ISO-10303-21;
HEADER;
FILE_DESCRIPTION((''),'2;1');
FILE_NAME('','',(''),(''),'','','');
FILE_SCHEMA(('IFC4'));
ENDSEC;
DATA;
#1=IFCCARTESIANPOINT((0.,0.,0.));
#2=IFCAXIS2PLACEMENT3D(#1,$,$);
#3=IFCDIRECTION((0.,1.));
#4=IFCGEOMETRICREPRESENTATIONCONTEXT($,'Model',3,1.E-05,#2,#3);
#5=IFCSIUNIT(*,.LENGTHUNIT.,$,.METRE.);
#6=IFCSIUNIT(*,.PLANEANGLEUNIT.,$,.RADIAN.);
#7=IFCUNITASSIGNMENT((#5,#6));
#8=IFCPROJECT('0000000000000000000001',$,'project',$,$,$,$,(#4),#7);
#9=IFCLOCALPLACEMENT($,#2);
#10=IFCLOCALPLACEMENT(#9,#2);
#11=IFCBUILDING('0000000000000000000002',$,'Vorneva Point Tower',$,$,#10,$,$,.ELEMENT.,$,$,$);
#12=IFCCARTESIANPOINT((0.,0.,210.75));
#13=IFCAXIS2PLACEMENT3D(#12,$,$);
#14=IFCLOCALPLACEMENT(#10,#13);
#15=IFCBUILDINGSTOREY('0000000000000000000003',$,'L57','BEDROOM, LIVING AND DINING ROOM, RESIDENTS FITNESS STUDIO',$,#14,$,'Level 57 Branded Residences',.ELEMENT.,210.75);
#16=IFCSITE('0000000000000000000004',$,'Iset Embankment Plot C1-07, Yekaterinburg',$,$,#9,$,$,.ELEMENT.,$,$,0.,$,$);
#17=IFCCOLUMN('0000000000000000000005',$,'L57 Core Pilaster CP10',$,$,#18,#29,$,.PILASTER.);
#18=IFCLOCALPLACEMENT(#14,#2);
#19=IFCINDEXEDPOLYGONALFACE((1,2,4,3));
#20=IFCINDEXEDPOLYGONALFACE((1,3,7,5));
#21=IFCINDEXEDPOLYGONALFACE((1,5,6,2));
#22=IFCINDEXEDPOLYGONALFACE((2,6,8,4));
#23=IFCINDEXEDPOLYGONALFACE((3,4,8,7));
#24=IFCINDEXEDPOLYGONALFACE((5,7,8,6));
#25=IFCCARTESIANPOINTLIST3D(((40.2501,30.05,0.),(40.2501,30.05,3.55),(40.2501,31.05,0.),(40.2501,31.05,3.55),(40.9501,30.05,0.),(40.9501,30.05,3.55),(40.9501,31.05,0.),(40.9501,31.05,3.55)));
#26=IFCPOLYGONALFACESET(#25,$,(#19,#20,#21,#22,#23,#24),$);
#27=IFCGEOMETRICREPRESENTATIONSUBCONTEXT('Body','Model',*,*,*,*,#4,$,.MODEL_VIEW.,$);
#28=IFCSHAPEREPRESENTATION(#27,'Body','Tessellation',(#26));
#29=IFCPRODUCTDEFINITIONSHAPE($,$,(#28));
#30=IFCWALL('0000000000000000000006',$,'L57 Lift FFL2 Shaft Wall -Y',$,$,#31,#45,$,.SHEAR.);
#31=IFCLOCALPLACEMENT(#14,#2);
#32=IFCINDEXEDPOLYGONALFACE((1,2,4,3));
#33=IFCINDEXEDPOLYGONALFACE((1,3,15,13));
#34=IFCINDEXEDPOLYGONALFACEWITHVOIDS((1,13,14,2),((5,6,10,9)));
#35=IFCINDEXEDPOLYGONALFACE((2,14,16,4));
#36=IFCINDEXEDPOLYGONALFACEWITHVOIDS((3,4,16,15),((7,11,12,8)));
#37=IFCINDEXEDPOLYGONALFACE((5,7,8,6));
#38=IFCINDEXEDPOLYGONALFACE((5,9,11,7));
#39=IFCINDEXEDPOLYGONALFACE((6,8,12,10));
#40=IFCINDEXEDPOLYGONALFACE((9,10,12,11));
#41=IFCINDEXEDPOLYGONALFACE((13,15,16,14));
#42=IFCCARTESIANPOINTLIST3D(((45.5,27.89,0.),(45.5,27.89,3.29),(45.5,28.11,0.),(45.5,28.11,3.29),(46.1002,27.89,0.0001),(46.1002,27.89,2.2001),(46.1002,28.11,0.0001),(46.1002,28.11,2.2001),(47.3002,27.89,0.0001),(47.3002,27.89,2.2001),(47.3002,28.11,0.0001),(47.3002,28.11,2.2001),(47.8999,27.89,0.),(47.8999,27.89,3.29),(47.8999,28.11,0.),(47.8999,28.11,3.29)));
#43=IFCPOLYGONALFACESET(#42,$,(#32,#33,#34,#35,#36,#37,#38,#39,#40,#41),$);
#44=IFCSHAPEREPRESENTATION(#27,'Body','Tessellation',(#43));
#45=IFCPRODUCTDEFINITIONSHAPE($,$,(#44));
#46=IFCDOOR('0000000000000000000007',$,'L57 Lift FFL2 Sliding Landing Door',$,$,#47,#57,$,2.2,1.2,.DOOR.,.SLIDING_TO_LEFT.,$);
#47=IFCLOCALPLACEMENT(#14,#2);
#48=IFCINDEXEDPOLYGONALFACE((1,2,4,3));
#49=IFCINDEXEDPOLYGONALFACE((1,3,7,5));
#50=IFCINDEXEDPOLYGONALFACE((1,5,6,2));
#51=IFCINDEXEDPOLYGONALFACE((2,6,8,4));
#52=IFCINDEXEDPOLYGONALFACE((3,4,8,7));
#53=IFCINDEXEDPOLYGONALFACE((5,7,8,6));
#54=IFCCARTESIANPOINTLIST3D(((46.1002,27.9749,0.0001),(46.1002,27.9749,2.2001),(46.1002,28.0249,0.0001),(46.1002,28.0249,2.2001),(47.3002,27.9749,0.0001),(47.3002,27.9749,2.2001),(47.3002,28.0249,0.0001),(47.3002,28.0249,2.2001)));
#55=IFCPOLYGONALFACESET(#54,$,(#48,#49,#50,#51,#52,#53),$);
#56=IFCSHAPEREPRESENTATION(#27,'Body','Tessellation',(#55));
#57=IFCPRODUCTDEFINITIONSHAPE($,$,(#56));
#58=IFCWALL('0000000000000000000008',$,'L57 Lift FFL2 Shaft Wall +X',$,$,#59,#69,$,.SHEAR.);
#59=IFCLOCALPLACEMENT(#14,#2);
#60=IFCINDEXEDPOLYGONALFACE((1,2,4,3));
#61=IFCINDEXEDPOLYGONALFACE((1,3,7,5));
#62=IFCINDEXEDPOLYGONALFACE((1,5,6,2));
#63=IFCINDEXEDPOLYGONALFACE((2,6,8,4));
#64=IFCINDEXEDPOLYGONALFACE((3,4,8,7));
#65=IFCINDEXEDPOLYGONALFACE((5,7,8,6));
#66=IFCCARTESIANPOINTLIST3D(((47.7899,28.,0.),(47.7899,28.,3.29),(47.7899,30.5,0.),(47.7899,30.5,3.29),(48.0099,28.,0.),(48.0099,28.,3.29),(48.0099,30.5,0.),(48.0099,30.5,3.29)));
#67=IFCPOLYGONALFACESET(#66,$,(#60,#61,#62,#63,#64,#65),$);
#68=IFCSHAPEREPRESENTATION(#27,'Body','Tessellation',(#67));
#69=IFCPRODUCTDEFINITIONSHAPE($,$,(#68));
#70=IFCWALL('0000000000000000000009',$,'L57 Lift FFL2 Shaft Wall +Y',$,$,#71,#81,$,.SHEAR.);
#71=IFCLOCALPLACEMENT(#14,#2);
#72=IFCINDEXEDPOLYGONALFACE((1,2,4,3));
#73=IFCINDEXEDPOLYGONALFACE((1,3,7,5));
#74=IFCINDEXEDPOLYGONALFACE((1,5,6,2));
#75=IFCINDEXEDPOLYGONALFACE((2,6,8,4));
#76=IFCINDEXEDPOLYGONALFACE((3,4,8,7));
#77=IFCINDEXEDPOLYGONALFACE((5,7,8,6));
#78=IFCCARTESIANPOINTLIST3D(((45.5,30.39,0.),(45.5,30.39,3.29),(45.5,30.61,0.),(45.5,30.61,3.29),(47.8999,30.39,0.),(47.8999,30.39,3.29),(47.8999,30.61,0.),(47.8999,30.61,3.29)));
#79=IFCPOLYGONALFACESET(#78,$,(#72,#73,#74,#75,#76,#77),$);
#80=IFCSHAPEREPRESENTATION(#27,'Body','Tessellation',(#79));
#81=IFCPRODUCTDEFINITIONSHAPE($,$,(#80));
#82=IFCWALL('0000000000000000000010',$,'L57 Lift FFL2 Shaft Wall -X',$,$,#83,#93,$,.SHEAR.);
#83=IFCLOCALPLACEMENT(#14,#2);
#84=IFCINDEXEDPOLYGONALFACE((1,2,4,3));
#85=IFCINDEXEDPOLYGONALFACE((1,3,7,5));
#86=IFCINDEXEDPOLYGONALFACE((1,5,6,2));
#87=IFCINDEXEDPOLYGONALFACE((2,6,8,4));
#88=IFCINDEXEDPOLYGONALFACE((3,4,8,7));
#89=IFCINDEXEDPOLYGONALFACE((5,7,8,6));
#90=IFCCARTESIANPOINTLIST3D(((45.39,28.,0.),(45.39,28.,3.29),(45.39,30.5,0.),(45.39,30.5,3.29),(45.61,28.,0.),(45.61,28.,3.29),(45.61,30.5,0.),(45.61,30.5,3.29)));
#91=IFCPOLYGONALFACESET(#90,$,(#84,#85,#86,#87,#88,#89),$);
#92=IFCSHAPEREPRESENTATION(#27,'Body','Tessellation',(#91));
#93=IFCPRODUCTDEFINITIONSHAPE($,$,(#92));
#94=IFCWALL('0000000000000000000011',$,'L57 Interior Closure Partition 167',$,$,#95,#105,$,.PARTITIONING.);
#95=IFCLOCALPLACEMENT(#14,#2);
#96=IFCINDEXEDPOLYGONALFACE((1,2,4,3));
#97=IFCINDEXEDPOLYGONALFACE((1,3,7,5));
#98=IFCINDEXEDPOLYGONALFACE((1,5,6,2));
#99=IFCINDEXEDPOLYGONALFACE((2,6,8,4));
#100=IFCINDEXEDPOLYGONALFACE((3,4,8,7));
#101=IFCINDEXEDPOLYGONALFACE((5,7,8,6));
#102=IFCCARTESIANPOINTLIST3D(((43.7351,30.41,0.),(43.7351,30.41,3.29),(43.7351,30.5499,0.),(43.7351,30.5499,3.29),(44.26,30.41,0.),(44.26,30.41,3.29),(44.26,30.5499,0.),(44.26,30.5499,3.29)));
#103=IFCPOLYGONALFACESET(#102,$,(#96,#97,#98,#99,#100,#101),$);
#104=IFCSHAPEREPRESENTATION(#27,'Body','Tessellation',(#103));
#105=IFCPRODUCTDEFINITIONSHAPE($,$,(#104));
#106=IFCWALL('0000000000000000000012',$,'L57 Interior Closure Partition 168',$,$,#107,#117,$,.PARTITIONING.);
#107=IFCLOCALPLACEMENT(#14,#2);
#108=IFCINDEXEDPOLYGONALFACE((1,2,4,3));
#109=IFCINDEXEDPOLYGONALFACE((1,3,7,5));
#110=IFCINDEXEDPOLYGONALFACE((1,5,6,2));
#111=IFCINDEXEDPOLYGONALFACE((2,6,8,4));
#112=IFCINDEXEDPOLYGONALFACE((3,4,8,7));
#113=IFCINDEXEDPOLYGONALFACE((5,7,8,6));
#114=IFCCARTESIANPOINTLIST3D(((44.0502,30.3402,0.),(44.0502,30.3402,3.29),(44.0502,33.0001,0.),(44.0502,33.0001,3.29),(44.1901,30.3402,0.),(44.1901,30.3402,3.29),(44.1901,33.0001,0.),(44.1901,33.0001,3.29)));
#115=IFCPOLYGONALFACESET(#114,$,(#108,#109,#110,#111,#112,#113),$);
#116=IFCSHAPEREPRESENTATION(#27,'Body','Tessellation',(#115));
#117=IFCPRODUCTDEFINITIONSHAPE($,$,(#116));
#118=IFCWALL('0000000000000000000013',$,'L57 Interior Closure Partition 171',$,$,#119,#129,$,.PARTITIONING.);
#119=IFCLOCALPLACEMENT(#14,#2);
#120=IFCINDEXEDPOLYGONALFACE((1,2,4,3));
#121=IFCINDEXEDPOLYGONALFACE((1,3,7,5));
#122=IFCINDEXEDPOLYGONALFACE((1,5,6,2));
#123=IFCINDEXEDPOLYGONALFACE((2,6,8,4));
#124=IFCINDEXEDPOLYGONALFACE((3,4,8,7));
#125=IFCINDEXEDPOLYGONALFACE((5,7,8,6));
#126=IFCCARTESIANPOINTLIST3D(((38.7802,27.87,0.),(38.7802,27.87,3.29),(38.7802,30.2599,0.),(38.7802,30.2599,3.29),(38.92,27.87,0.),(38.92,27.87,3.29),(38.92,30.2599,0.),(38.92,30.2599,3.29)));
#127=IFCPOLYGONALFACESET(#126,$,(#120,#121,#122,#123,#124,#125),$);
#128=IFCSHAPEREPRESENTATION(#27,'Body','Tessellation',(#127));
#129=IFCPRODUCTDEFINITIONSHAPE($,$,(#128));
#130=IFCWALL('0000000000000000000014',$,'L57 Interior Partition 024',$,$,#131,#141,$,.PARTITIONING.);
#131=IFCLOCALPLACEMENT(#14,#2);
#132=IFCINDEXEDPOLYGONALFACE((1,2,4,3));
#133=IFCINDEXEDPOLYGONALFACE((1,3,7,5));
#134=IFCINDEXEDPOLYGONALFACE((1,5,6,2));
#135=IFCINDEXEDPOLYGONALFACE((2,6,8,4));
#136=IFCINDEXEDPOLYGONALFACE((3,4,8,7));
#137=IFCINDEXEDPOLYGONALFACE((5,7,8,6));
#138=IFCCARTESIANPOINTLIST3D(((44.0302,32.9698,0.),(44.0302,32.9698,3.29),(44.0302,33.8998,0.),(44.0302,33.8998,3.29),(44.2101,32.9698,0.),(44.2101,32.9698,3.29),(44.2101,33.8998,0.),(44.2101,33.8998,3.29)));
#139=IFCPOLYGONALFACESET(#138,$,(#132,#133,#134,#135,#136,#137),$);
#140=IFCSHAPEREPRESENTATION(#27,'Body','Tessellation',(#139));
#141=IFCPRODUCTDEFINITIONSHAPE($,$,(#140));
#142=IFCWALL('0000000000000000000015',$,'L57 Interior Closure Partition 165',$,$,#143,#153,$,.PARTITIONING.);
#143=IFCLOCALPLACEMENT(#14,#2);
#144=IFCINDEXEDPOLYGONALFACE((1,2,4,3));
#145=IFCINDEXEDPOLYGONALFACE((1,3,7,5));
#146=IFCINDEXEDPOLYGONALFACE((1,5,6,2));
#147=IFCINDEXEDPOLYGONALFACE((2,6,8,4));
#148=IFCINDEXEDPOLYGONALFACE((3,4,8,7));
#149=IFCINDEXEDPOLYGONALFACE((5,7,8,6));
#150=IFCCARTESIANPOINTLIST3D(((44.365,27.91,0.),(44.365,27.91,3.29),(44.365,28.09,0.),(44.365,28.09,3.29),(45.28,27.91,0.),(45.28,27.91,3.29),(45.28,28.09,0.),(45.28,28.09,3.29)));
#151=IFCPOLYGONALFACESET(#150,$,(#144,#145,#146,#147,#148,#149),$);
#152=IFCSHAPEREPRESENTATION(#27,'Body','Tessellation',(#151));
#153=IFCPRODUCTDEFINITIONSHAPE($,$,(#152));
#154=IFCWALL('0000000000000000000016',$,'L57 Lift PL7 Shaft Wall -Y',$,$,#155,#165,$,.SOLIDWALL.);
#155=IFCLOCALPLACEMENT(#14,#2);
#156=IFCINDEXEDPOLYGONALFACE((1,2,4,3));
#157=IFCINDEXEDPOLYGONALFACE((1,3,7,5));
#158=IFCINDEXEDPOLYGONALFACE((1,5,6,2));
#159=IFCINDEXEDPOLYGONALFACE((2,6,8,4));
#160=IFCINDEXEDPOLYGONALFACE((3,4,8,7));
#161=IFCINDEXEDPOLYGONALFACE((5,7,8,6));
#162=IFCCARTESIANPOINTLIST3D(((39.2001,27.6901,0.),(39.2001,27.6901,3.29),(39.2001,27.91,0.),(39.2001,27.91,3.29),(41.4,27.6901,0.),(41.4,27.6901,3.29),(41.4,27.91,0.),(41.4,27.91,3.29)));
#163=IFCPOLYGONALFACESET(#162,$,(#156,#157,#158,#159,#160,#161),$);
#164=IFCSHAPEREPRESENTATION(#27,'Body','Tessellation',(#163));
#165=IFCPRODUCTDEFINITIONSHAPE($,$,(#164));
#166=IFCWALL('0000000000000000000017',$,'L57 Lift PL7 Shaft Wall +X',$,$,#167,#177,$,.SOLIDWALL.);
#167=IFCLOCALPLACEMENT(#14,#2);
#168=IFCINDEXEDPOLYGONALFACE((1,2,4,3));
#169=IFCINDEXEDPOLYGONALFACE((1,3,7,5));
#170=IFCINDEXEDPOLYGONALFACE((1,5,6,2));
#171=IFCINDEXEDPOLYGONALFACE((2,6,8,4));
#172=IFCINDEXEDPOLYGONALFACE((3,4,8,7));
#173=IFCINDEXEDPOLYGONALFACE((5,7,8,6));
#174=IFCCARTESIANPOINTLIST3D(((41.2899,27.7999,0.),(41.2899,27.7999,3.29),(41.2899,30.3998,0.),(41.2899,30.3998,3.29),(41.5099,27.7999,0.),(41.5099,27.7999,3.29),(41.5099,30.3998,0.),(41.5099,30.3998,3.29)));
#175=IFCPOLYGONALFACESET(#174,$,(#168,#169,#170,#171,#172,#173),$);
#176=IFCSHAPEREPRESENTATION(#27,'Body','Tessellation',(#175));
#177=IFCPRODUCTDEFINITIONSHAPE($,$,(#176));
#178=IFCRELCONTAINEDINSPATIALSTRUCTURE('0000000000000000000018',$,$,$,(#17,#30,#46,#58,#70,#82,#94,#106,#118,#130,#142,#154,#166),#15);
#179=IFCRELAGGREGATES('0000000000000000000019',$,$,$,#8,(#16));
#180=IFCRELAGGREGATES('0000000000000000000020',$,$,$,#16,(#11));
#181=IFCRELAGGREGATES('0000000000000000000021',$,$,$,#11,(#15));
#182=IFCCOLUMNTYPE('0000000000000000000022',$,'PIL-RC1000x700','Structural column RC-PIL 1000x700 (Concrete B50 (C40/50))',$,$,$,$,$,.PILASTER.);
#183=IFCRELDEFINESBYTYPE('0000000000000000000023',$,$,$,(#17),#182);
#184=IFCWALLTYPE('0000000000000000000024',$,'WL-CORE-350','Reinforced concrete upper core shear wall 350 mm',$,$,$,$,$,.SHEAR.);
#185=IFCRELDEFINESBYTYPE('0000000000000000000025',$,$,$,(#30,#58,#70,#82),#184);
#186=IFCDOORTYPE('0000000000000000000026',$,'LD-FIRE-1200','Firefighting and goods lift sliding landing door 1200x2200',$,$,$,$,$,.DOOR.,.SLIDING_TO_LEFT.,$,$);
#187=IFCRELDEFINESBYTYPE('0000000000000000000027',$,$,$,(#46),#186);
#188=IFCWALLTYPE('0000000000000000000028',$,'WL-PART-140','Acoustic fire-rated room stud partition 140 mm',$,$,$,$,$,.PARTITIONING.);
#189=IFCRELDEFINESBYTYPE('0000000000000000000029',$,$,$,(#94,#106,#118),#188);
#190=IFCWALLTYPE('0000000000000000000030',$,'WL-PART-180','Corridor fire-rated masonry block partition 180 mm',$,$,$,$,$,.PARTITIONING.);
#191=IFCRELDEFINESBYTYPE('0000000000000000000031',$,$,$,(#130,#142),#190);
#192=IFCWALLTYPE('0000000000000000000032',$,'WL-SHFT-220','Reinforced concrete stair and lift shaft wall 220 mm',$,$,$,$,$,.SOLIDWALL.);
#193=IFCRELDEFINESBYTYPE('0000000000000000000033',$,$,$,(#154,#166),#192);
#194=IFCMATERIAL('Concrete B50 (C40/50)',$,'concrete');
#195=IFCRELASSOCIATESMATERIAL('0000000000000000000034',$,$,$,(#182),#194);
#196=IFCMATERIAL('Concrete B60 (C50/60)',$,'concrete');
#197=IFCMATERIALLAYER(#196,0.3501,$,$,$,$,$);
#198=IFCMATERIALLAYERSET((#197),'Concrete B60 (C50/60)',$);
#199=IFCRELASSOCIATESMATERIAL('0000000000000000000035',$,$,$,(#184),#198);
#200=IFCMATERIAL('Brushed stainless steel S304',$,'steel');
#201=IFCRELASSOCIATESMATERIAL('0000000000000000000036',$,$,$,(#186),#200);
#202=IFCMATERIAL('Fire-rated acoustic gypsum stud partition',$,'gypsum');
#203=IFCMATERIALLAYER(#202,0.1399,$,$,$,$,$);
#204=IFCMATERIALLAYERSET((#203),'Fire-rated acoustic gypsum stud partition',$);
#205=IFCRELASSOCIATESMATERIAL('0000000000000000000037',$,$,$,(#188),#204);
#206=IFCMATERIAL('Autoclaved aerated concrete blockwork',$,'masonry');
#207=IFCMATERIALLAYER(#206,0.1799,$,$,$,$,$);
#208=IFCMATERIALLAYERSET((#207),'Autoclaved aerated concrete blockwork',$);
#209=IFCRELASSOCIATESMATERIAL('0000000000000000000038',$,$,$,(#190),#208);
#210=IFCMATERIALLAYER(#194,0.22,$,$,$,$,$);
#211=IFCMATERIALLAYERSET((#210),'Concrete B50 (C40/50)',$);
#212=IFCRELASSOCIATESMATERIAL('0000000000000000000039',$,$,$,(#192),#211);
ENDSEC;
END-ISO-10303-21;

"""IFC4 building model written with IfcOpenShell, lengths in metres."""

from ifc_helpers import new_model, si_unit, direction, frame, frame_2d, origin, origin_2d, place, context, subcontext, project, spatial, rectangle, extrude, material, layer, layer_set, material_profile, profile_set, type_object, element, fill, save


model = new_model("IFC4")

# Units and contexts
model_context = context("Model", 3, precision=1e-05, world=origin(), true_north=direction((0.0, 1.0)))
body_context = subcontext(model_context, "Body", "Model", "MODEL_VIEW")
ifc_project = project(units=[si_unit("LENGTHUNIT", "METRE"), si_unit("PLANEANGLEUNIT", "RADIAN")], contexts=[model_context])

# Site, building, storey
site_placement = place(None, origin())
site = spatial("IfcSite", under=ifc_project, at=site_placement, Name="Iset Embankment Plot C1-07, Yekaterinburg", CompositionType="ELEMENT", RefElevation=0.0)
building_placement = place(site_placement, origin())
building = spatial("IfcBuilding", under=site, at=building_placement, Name="Vorneva Point Tower", CompositionType="ELEMENT")
storey_placement = place(building_placement, frame((0.0, 0.0, 210.75)))
storey = spatial("IfcBuildingStorey", under=building, at=storey_placement, Name="L57", Description="BEDROOM, LIVING AND DINING ROOM, RESIDENTS FITNESS STUDIO", LongName="Level 57 Branded Residences", CompositionType="ELEMENT", Elevation=210.75)

# Column
ifc_material_1 = material(Name="Concrete B50 (C40/50)", Category="concrete")
ifc_material_profile = material_profile(ifc_material_1, rectangle(XDim=0.7, YDim=1.0, at=origin_2d()), Name="RC-PIL 1000x700")
ifc_profile_set = profile_set([ifc_material_profile], Name="Concrete B50 (C40/50)")
column_type = type_object("IfcColumnType", Name="PIL-RC1000x700", Description="Structural column RC-PIL 1000x700 (Concrete B50 (C40/50))", PredefinedType="PILASTER", material=ifc_profile_set)
column_placement = place(storey_placement, frame((40.6001, 30.55, 0.0), z_axis=(0.0, 0.0, 1.0), x_axis=(1.0, 0.0, 0.0)))
element("IfcColumn", 1, at=column_placement, inside=storey, type_object=column_type, Name="L57 Core Pilaster CP10", PredefinedType="PILASTER", context=body_context, shape_type="SweptSolid", body=[
    extrude(rectangle(XDim=0.7, YDim=1.0, at=origin_2d()), origin(), (0.0, 0.0, 1.0), 3.55),
])

# Wall, opening, door
ifc_material_2 = material(Name="Concrete B60 (C50/60)", Category="concrete")
ifc_layer_1 = layer(ifc_material_2, 0.3501)
ifc_layer_set_1 = layer_set([ifc_layer_1], Name="Concrete B60 (C50/60)")
wall_type_1 = type_object("IfcWallType", Name="WL-CORE-350", Description="Reinforced concrete upper core shear wall 350 mm", PredefinedType="SHEAR", material=ifc_layer_set_1)
wall_1_placement = place(storey_placement, frame((45.5, 28.0, 0.0), z_axis=(0.0, 0.0, 1.0), x_axis=(1.0, 0.0, 0.0)))
wall_1 = element("IfcWall", 2, at=wall_1_placement, inside=storey, type_object=wall_type_1, Name="L57 Lift FFL2 Shaft Wall -Y", PredefinedType="SHEAR", context=body_context, shape_type="SweptSolid", body=[
    extrude(rectangle(XDim=2.3999, YDim=0.22, at=frame_2d((1.2, 0.0))), origin(), (0.0, 0.0, 1.0), 3.29),
])
opening_1_placement = place(wall_1_placement, frame((0.6001, 0.0, 0.0)))
opening_1 = element("IfcOpeningElement", 3, at=opening_1_placement, cuts=wall_1, PredefinedType="OPENING", context=body_context, shape_type="SweptSolid", body=[
    extrude(rectangle(XDim=1.2, YDim=2.2, at=frame_2d((0.6001, 1.1001))), frame((0.0, 0.125, 0.0), z_axis=(0.0, -1.0, 0.0), x_axis=(1.0, 0.0, 0.0)), (0.0, 0.0, 1.0), 0.2498),
])
ifc_material_3 = material(Name="Brushed stainless steel S304", Category="steel")
door_type_1 = type_object("IfcDoorType", Name="LD-FIRE-1200", Description="Firefighting and goods lift sliding landing door 1200x2200", OperationType="SLIDING_TO_LEFT", PredefinedType="DOOR", material=ifc_material_3)
door_1_placement = place(opening_1_placement, origin())
door_1 = element("IfcDoor", 4, at=door_1_placement, inside=storey, type_object=door_type_1, Name="L57 Lift FFL2 Sliding Landing Door", OperationType="SLIDING_TO_LEFT", OverallHeight=2.2, OverallWidth=1.2, PredefinedType="DOOR", context=body_context, shape_type="SweptSolid", body=[
    extrude(rectangle(XDim=1.2, YDim=2.2, at=frame_2d((0.6001, 1.1001))), frame((0.0, 0.0249, 0.0), z_axis=(0.0, -1.0, 0.0), x_axis=(1.0, 0.0, 0.0)), (0.0, 0.0, 1.0), 0.05),
])
fill(opening_1, door_1)

# Walls
wall_2_placement = place(storey_placement, frame((47.8999, 28.0, 0.0), z_axis=(0.0, 0.0, 1.0), x_axis=(0.0, 1.0, 0.0)))
element("IfcWall", 5, at=wall_2_placement, inside=storey, type_object=wall_type_1, Name="L57 Lift FFL2 Shaft Wall +X", PredefinedType="SHEAR", context=body_context, shape_type="SweptSolid", body=[
    extrude(rectangle(XDim=2.5, YDim=0.22, at=frame_2d((1.25, 0.0))), origin(), (0.0, 0.0, 1.0), 3.29),
])
wall_3_placement = place(storey_placement, frame((47.8999, 30.5, 0.0), z_axis=(0.0, 0.0, 1.0), x_axis=(-1.0, 0.0, 0.0)))
element("IfcWall", 6, at=wall_3_placement, inside=storey, type_object=wall_type_1, Name="L57 Lift FFL2 Shaft Wall +Y", PredefinedType="SHEAR", context=body_context, shape_type="SweptSolid", body=[
    extrude(rectangle(XDim=2.3999, YDim=0.22, at=frame_2d((1.2, 0.0))), origin(), (0.0, 0.0, 1.0), 3.29),
])
wall_4_placement = place(storey_placement, frame((45.5, 30.5, 0.0), z_axis=(0.0, 0.0, 1.0), x_axis=(0.0, -1.0, 0.0)))
element("IfcWall", 7, at=wall_4_placement, inside=storey, type_object=wall_type_1, Name="L57 Lift FFL2 Shaft Wall -X", PredefinedType="SHEAR", context=body_context, shape_type="SweptSolid", body=[
    extrude(rectangle(XDim=2.5, YDim=0.22, at=frame_2d((1.25, 0.0))), origin(), (0.0, 0.0, 1.0), 3.29),
])
ifc_material_4 = material(Name="Fire-rated acoustic gypsum stud partition", Category="gypsum")
ifc_layer_2 = layer(ifc_material_4, 0.1399)
ifc_layer_set_2 = layer_set([ifc_layer_2], Name="Fire-rated acoustic gypsum stud partition")
wall_type_2 = type_object("IfcWallType", Name="WL-PART-140", Description="Acoustic fire-rated room stud partition 140 mm", PredefinedType="PARTITIONING", material=ifc_layer_set_2)
wall_5_placement = place(storey_placement, frame((43.7351, 30.48, 0.0), z_axis=(0.0, 0.0, 1.0), x_axis=(1.0, 0.0, 0.0)))
element("IfcWall", 8, at=wall_5_placement, inside=storey, type_object=wall_type_2, Name="L57 Interior Closure Partition 167", PredefinedType="PARTITIONING", context=body_context, shape_type="SweptSolid", body=[
    extrude(rectangle(XDim=0.5249, YDim=0.1399, at=frame_2d((0.2625, 0.0))), origin(), (0.0, 0.0, 1.0), 3.29),
])
wall_6_placement = place(storey_placement, frame((44.1201, 30.3401, 0.0), z_axis=(0.0, 0.0, 1.0), x_axis=(0.0, 1.0, 0.0)))
element("IfcWall", 9, at=wall_6_placement, inside=storey, type_object=wall_type_2, Name="L57 Interior Closure Partition 168", PredefinedType="PARTITIONING", context=body_context, shape_type="SweptSolid", body=[
    extrude(rectangle(XDim=2.6599, YDim=0.1399, at=frame_2d((1.3301, 0.0))), origin(), (0.0, 0.0, 1.0), 3.29),
])
wall_7_placement = place(storey_placement, frame((38.8501, 27.8701, 0.0), z_axis=(0.0, 0.0, 1.0), x_axis=(0.0, 1.0, 0.0)))
element("IfcWall", 10, at=wall_7_placement, inside=storey, type_object=wall_type_2, Name="L57 Interior Closure Partition 171", PredefinedType="PARTITIONING", context=body_context, shape_type="SweptSolid", body=[
    extrude(rectangle(XDim=2.3899, YDim=0.1399, at=frame_2d((1.1948, 0.0))), origin(), (0.0, 0.0, 1.0), 3.29),
])

# Shared definitions
ifc_material_5 = material(Name="Autoclaved aerated concrete blockwork", Category="masonry")
ifc_layer_3 = layer(ifc_material_5, 0.1799)
ifc_layer_set_3 = layer_set([ifc_layer_3], Name="Autoclaved aerated concrete blockwork")
wall_type_3 = type_object("IfcWallType", Name="WL-PART-180", Description="Corridor fire-rated masonry block partition 180 mm", PredefinedType="PARTITIONING", material=ifc_layer_set_3)

# Walls
wall_8_placement = place(storey_placement, frame((44.1201, 32.97, 0.0), z_axis=(0.0, 0.0, 1.0), x_axis=(0.0, 1.0, 0.0)))
element("IfcWall", 11, at=wall_8_placement, inside=storey, type_object=wall_type_3, Name="L57 Interior Partition 024", PredefinedType="PARTITIONING", context=body_context, shape_type="SweptSolid", body=[
    extrude(rectangle(XDim=0.9299, YDim=0.1799, at=frame_2d((0.4648, 0.0))), origin(), (0.0, 0.0, 1.0), 3.29),
])
wall_9_placement = place(storey_placement, frame((45.28, 28.0, 0.0), z_axis=(0.0, 0.0, 1.0), x_axis=(-1.0, 0.0, 0.0)))
element("IfcWall", 12, at=wall_9_placement, inside=storey, type_object=wall_type_3, Name="L57 Interior Closure Partition 165", PredefinedType="PARTITIONING", context=body_context, shape_type="SweptSolid", body=[
    extrude(rectangle(XDim=0.915, YDim=0.1799, at=frame_2d((0.4575, 0.0))), origin(), (0.0, 0.0, 1.0), 3.29),
])
ifc_layer_4 = layer(ifc_material_1, 0.22)
ifc_layer_set_4 = layer_set([ifc_layer_4], Name="Concrete B50 (C40/50)")
wall_type_4 = type_object("IfcWallType", Name="WL-SHFT-220", Description="Reinforced concrete stair and lift shaft wall 220 mm", PredefinedType="SOLIDWALL", material=ifc_layer_set_4)
wall_10_placement = place(storey_placement, frame((39.2, 27.8, 0.0), z_axis=(0.0, 0.0, 1.0), x_axis=(1.0, 0.0, 0.0)))
element("IfcWall", 13, at=wall_10_placement, inside=storey, type_object=wall_type_4, Name="L57 Lift PL7 Shaft Wall -Y", PredefinedType="SOLIDWALL", context=body_context, shape_type="SweptSolid", body=[
    extrude(rectangle(XDim=2.2, YDim=0.22, at=frame_2d((1.1001, 0.0))), origin(), (0.0, 0.0, 1.0), 3.29),
])
wall_11_placement = place(storey_placement, frame((41.3999, 27.8, 0.0), z_axis=(0.0, 0.0, 1.0), x_axis=(0.0, 1.0, 0.0)))
element("IfcWall", 14, at=wall_11_placement, inside=storey, type_object=wall_type_4, Name="L57 Lift PL7 Shaft Wall +X", PredefinedType="SOLIDWALL", context=body_context, shape_type="SweptSolid", body=[
    extrude(rectangle(XDim=2.5999, YDim=0.22, at=frame_2d((1.2998, 0.0))), origin(), (0.0, 0.0, 1.0), 3.29),
])

save(model, "model.ifc")
